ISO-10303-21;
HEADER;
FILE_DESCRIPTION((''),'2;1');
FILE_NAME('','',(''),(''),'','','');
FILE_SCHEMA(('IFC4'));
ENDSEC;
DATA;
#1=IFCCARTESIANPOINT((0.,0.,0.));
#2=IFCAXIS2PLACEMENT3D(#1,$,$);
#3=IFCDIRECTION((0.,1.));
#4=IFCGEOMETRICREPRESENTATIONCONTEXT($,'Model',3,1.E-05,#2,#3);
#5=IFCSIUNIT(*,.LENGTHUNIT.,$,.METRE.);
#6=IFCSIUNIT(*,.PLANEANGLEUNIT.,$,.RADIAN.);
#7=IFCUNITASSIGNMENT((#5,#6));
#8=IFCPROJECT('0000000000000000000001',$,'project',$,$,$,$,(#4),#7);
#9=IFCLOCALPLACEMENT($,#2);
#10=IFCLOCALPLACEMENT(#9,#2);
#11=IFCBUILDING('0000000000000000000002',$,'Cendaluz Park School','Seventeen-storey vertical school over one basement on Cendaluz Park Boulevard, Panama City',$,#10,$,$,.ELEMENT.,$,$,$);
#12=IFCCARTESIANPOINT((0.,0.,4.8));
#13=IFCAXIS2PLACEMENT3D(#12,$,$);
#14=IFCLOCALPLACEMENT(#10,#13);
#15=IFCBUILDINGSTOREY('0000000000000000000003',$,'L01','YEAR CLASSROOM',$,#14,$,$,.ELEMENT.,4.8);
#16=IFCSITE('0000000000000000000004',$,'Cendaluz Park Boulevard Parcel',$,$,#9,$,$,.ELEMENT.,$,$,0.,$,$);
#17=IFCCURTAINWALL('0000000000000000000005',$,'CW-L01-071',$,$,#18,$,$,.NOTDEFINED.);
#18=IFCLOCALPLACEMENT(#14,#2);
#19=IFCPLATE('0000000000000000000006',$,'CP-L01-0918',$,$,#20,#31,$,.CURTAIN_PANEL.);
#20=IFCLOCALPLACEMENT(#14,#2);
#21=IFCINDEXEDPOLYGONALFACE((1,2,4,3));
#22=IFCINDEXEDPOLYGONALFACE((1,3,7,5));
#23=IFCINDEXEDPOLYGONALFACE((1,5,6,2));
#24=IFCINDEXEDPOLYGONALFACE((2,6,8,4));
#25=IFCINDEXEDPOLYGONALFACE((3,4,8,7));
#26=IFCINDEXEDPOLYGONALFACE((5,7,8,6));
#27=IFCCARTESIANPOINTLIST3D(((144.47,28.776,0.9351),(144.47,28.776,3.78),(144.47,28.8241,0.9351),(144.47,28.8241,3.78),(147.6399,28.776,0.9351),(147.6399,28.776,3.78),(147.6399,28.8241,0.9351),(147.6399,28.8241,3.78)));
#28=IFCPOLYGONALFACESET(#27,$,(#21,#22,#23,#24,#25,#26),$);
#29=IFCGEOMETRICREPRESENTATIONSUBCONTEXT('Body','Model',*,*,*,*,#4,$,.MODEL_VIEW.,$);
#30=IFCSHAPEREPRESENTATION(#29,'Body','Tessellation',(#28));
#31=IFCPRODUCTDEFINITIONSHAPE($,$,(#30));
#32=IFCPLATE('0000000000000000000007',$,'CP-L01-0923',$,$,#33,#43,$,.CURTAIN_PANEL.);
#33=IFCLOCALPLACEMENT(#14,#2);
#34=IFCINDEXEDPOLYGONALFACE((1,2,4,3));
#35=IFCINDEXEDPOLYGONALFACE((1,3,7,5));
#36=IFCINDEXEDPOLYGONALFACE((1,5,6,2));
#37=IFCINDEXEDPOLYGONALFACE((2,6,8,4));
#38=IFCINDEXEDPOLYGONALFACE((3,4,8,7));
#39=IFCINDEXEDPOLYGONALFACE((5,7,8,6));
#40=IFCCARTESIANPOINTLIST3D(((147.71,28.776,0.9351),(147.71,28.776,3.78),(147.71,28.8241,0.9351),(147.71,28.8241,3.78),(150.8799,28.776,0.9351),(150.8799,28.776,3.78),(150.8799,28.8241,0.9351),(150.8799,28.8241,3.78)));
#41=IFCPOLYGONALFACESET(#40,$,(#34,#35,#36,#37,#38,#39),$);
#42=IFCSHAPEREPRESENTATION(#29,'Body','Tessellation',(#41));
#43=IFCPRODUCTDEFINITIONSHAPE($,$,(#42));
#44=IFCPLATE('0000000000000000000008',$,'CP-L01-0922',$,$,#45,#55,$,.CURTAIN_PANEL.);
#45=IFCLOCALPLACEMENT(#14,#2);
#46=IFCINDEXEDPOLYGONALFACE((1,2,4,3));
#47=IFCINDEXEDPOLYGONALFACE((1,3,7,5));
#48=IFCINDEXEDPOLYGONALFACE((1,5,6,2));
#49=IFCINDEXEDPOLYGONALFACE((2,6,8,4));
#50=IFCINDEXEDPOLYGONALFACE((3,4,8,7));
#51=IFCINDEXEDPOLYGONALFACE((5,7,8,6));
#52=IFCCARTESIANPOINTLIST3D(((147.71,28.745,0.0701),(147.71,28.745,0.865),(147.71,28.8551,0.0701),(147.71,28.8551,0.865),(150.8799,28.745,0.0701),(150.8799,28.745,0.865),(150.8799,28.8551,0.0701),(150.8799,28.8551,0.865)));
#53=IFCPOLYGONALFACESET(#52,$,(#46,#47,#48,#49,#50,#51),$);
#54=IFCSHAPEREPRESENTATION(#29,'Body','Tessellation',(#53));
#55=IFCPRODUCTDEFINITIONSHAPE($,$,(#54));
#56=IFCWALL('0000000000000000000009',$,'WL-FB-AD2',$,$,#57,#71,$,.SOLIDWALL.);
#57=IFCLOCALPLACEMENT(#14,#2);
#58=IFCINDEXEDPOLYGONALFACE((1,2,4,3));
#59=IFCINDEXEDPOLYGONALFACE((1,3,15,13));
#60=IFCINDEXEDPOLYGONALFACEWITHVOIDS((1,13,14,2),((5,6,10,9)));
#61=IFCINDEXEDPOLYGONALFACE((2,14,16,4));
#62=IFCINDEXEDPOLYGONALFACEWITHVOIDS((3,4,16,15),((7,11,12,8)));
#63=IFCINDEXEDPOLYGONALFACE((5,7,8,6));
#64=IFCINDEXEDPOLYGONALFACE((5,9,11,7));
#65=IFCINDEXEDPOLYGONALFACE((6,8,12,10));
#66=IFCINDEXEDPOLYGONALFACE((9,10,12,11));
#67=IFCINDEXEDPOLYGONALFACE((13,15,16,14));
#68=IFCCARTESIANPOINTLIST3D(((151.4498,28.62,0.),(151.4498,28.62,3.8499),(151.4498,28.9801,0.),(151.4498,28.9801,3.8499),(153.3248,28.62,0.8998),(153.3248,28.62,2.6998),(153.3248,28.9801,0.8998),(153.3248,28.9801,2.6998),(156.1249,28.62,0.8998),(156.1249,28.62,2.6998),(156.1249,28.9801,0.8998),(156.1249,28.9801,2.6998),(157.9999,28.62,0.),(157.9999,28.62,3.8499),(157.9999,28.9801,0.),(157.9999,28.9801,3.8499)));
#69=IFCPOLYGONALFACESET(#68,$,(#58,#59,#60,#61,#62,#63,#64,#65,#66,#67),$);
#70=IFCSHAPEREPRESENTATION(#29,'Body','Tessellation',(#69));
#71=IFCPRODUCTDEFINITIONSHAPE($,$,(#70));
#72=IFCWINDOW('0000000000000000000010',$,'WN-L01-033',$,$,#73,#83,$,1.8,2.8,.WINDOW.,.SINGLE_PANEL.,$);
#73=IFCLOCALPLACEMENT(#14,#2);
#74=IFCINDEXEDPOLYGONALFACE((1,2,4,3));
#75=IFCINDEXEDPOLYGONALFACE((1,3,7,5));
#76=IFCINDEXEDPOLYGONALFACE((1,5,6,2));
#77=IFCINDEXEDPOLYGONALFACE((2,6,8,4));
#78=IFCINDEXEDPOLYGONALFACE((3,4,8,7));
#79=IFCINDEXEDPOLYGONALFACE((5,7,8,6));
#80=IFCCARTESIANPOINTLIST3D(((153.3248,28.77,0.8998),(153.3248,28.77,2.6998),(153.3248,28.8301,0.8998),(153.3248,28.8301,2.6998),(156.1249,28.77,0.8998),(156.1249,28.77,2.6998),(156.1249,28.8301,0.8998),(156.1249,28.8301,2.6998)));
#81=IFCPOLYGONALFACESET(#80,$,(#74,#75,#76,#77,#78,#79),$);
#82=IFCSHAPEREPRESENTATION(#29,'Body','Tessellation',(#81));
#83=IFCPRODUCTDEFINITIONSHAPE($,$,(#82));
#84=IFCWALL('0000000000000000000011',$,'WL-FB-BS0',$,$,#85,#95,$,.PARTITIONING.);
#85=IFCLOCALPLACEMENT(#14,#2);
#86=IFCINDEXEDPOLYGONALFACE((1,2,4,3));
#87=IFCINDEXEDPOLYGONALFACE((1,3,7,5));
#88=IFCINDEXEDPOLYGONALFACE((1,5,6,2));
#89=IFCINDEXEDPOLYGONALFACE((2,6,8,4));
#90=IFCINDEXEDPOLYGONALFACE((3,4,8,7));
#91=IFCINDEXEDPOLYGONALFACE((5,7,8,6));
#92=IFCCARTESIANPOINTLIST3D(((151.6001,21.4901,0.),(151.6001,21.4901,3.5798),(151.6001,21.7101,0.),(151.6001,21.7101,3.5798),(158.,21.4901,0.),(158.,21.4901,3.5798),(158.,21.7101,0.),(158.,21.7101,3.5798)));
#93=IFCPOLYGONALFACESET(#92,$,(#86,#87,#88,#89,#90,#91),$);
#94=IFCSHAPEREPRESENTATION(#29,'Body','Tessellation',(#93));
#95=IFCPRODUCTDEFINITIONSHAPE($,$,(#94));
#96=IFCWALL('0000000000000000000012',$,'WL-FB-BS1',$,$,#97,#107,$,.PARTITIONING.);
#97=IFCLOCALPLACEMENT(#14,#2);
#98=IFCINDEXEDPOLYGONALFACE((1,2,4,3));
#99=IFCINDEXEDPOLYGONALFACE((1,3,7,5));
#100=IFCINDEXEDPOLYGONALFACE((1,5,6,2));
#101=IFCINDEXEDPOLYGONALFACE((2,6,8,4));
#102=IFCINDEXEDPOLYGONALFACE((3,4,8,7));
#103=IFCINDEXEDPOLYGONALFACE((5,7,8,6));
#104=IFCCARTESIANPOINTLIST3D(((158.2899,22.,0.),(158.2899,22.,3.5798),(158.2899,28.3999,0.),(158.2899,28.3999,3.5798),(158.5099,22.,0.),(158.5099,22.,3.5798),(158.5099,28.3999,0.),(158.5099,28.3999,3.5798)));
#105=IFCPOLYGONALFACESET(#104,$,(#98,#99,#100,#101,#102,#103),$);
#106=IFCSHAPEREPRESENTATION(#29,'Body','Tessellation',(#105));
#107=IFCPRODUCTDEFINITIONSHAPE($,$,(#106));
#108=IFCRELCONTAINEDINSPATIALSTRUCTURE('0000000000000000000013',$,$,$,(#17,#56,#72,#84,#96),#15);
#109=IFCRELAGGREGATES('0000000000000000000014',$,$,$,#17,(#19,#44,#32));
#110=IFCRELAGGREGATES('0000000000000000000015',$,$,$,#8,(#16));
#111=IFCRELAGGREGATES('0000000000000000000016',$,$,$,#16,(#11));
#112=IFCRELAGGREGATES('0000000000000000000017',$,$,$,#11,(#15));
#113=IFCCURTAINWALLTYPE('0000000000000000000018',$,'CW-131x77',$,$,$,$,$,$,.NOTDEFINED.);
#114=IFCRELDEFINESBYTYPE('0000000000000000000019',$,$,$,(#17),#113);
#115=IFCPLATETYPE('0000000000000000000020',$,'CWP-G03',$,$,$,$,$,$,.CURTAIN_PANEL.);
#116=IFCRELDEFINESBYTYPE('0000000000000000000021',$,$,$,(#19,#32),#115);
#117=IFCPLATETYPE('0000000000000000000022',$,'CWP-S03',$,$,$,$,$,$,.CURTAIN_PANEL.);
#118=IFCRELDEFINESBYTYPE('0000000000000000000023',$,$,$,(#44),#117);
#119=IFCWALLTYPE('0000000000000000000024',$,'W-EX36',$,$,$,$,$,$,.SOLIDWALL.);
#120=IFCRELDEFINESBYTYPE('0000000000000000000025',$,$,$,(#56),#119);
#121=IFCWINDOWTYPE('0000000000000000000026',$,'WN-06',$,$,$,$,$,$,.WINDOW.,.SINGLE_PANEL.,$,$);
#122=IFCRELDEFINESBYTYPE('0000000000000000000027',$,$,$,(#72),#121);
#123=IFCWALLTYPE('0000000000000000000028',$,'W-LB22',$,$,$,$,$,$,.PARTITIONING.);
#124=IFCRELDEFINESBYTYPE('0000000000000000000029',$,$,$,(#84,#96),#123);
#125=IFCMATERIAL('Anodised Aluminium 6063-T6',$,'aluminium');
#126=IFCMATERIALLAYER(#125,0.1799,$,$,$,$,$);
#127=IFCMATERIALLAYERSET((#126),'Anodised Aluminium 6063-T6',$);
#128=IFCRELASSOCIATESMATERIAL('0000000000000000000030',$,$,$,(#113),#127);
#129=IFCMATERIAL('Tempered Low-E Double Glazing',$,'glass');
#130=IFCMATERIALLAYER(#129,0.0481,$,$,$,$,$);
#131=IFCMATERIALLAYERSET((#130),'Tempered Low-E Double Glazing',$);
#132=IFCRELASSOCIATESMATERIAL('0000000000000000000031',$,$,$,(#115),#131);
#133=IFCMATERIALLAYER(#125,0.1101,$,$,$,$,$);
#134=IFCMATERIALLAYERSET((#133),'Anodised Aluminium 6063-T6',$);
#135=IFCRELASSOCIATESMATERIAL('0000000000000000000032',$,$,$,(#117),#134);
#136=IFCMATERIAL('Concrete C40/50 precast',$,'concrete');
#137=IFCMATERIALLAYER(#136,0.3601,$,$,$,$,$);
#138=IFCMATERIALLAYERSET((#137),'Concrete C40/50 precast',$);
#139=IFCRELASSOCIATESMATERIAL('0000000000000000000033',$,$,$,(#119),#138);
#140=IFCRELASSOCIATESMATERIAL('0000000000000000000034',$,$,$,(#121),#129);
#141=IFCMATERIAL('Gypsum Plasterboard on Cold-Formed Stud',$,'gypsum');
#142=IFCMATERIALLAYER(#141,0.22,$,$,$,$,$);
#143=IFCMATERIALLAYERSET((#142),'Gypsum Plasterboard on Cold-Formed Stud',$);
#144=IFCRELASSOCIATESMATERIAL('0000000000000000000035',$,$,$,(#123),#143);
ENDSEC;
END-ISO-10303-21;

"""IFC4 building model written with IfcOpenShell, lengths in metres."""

from ifc_helpers import new_model, si_unit, direction, frame, frame_2d, origin, origin_2d, place, context, subcontext, project, spatial, rectangle, extrude, material, layer, layer_set, type_object, element, fill, aggregate, save


model = new_model("IFC4")

# Units and contexts
model_context = context("Model", 3, precision=1e-05, world=origin(), true_north=direction((0.0, 1.0)))
body_context = subcontext(model_context, "Body", "Model", "MODEL_VIEW")
ifc_project = project(units=[si_unit("LENGTHUNIT", "METRE"), si_unit("PLANEANGLEUNIT", "RADIAN")], contexts=[model_context])

# Site, building, storey
site_placement = place(None, origin())
site = spatial("IfcSite", under=ifc_project, at=site_placement, Name="Cendaluz Park Boulevard Parcel", CompositionType="ELEMENT", RefElevation=0.0)
building_placement = place(site_placement, origin())
building = spatial("IfcBuilding", under=site, at=building_placement, Name="Cendaluz Park School", Description="Seventeen-storey vertical school over one basement on Cendaluz Park Boulevard, Panama City", CompositionType="ELEMENT")
storey_placement = place(building_placement, frame((0.0, 0.0, 4.8)))
storey = spatial("IfcBuildingStorey", under=building, at=storey_placement, Name="L01", Description="YEAR CLASSROOM", CompositionType="ELEMENT", Elevation=4.8)

# Curtain wall
ifc_material_1 = material(Name="Anodised Aluminium 6063-T6", Category="aluminium")
ifc_layer_1 = layer(ifc_material_1, 0.1799)
ifc_layer_set_1 = layer_set([ifc_layer_1], Name="Anodised Aluminium 6063-T6")
curtain_wall_type = type_object("IfcCurtainWallType", Name="CW-131x77", PredefinedType="NOTDEFINED", material=ifc_layer_set_1)
curtain_wall_placement = place(storey_placement, origin())
curtain_wall = element("IfcCurtainWall", 1, at=curtain_wall_placement, inside=storey, type_object=curtain_wall_type, Name="CW-L01-071", PredefinedType="NOTDEFINED")

# Plates
ifc_material_2 = material(Name="Tempered Low-E Double Glazing", Category="glass")
ifc_layer_2 = layer(ifc_material_2, 0.0481)
ifc_layer_set_2 = layer_set([ifc_layer_2], Name="Tempered Low-E Double Glazing")
plate_type_1 = type_object("IfcPlateType", Name="CWP-G03", PredefinedType="CURTAIN_PANEL", material=ifc_layer_set_2)
plate_1_placement = place(storey_placement, frame((146.0549, 28.8, 0.9351), z_axis=(0.0, 0.0, 1.0), x_axis=(1.0, 0.0, 0.0)))
plate_1 = element("IfcPlate", 2, at=plate_1_placement, type_object=plate_type_1, Name="CP-L01-0918", PredefinedType="CURTAIN_PANEL", context=body_context, shape_type="SweptSolid", body=[
    extrude(rectangle(XDim=3.1699, YDim=0.0481, at=origin_2d()), origin(), (0.0, 0.0, 1.0), 2.845),
])
plate_2_placement = place(storey_placement, frame((149.2949, 28.8, 0.9351), z_axis=(0.0, 0.0, 1.0), x_axis=(1.0, 0.0, 0.0)))
plate_2 = element("IfcPlate", 3, at=plate_2_placement, type_object=plate_type_1, Name="CP-L01-0923", PredefinedType="CURTAIN_PANEL", context=body_context, shape_type="SweptSolid", body=[
    extrude(rectangle(XDim=3.1699, YDim=0.0481, at=origin_2d()), origin(), (0.0, 0.0, 1.0), 2.845),
])
ifc_layer_3 = layer(ifc_material_1, 0.1101)
ifc_layer_set_3 = layer_set([ifc_layer_3], Name="Anodised Aluminium 6063-T6")
plate_type_2 = type_object("IfcPlateType", Name="CWP-S03", PredefinedType="CURTAIN_PANEL", material=ifc_layer_set_3)
plate_3_placement = place(storey_placement, frame((149.2949, 28.8, 0.0701), z_axis=(0.0, 0.0, 1.0), x_axis=(1.0, 0.0, 0.0)))
plate_3 = element("IfcPlate", 4, at=plate_3_placement, type_object=plate_type_2, Name="CP-L01-0922", PredefinedType="CURTAIN_PANEL", context=body_context, shape_type="SweptSolid", body=[
    extrude(rectangle(XDim=3.1699, YDim=0.1101, at=origin_2d()), origin(), (0.0, 0.0, 1.0), 0.7949),
])
aggregate(curtain_wall, [plate_1, plate_3, plate_2])

# Wall, opening, window
ifc_material_3 = material(Name="Concrete C40/50 precast", Category="concrete")
ifc_layer_4 = layer(ifc_material_3, 0.3601)
ifc_layer_set_4 = layer_set([ifc_layer_4], Name="Concrete C40/50 precast")
wall_type_1 = type_object("IfcWallType", Name="W-EX36", PredefinedType="SOLIDWALL", material=ifc_layer_set_4)
wall_placement = place(storey_placement, frame((151.45, 28.8, 0.0), z_axis=(0.0, 0.0, 1.0), x_axis=(1.0, 0.0, 0.0)))
wall = element("IfcWall", 5, at=wall_placement, inside=storey, type_object=wall_type_1, Name="WL-FB-AD2", PredefinedType="SOLIDWALL", context=body_context, shape_type="SweptSolid", body=[
    extrude(rectangle(XDim=6.55, YDim=0.3601, at=frame_2d((3.2749, 0.0))), origin(), (0.0, 0.0, 1.0), 3.8499),
])
opening_placement = place(wall_placement, frame((1.875, 0.0, 0.8999)))
opening = element("IfcOpeningElement", 6, at=opening_placement, cuts=wall, PredefinedType="OPENING", context=body_context, shape_type="SweptSolid", body=[
    extrude(rectangle(XDim=2.8, YDim=1.8, at=frame_2d((1.3999, 0.8999))), frame((0.0, 0.1921, 0.0), z_axis=(0.0, -1.0, 0.0), x_axis=(1.0, 0.0, 0.0)), (0.0, 0.0, 1.0), 0.384),
])
window_type = type_object("IfcWindowType", Name="WN-06", PartitioningType="SINGLE_PANEL", PredefinedType="WINDOW", material=ifc_material_2)
window_placement = place(opening_placement, origin())
window = element("IfcWindow", 7, at=window_placement, inside=storey, type_object=window_type, Name="WN-L01-033", OverallHeight=1.8, OverallWidth=2.8, PartitioningType="SINGLE_PANEL", PredefinedType="WINDOW", context=body_context, shape_type="SweptSolid", body=[
    extrude(rectangle(XDim=2.8, YDim=1.8, at=frame_2d((1.3999, 0.8999))), frame((0.0, 0.03, 0.0), z_axis=(0.0, -1.0, 0.0), x_axis=(1.0, 0.0, 0.0)), (0.0, 0.0, 1.0), 0.0601),
])
fill(opening, window)

# Walls
ifc_material_4 = material(Name="Gypsum Plasterboard on Cold-Formed Stud", Category="gypsum")
ifc_layer_5 = layer(ifc_material_4, 0.22)
ifc_layer_set_5 = layer_set([ifc_layer_5], Name="Gypsum Plasterboard on Cold-Formed Stud")
wall_type_2 = type_object("IfcWallType", Name="W-LB22", PredefinedType="PARTITIONING", material=ifc_layer_set_5)
for number, where, z_axis, x_axis, name in (
    (8, (151.6001, 21.6001, 0.0), (0.0, 0.0, 1.0), (1.0, 0.0, 0.0), "WL-FB-BS0"),
    (9, (158.3999, 22.0, 0.0), (0.0, 0.0, 1.0), (0.0, 1.0, 0.0), "WL-FB-BS1"),
):
    element("IfcWall", number, at=place(storey_placement, frame(where, z_axis=z_axis, x_axis=x_axis)), inside=storey, type_object=wall_type_2, Name=name, PredefinedType="PARTITIONING", context=body_context, shape_type="SweptSolid", body=[
        extrude(rectangle(XDim=6.3999, YDim=0.22, at=frame_2d((3.2, 0.0))), origin(), (0.0, 0.0, 1.0), 3.5798),
    ])

save(model, "model.ifc")
